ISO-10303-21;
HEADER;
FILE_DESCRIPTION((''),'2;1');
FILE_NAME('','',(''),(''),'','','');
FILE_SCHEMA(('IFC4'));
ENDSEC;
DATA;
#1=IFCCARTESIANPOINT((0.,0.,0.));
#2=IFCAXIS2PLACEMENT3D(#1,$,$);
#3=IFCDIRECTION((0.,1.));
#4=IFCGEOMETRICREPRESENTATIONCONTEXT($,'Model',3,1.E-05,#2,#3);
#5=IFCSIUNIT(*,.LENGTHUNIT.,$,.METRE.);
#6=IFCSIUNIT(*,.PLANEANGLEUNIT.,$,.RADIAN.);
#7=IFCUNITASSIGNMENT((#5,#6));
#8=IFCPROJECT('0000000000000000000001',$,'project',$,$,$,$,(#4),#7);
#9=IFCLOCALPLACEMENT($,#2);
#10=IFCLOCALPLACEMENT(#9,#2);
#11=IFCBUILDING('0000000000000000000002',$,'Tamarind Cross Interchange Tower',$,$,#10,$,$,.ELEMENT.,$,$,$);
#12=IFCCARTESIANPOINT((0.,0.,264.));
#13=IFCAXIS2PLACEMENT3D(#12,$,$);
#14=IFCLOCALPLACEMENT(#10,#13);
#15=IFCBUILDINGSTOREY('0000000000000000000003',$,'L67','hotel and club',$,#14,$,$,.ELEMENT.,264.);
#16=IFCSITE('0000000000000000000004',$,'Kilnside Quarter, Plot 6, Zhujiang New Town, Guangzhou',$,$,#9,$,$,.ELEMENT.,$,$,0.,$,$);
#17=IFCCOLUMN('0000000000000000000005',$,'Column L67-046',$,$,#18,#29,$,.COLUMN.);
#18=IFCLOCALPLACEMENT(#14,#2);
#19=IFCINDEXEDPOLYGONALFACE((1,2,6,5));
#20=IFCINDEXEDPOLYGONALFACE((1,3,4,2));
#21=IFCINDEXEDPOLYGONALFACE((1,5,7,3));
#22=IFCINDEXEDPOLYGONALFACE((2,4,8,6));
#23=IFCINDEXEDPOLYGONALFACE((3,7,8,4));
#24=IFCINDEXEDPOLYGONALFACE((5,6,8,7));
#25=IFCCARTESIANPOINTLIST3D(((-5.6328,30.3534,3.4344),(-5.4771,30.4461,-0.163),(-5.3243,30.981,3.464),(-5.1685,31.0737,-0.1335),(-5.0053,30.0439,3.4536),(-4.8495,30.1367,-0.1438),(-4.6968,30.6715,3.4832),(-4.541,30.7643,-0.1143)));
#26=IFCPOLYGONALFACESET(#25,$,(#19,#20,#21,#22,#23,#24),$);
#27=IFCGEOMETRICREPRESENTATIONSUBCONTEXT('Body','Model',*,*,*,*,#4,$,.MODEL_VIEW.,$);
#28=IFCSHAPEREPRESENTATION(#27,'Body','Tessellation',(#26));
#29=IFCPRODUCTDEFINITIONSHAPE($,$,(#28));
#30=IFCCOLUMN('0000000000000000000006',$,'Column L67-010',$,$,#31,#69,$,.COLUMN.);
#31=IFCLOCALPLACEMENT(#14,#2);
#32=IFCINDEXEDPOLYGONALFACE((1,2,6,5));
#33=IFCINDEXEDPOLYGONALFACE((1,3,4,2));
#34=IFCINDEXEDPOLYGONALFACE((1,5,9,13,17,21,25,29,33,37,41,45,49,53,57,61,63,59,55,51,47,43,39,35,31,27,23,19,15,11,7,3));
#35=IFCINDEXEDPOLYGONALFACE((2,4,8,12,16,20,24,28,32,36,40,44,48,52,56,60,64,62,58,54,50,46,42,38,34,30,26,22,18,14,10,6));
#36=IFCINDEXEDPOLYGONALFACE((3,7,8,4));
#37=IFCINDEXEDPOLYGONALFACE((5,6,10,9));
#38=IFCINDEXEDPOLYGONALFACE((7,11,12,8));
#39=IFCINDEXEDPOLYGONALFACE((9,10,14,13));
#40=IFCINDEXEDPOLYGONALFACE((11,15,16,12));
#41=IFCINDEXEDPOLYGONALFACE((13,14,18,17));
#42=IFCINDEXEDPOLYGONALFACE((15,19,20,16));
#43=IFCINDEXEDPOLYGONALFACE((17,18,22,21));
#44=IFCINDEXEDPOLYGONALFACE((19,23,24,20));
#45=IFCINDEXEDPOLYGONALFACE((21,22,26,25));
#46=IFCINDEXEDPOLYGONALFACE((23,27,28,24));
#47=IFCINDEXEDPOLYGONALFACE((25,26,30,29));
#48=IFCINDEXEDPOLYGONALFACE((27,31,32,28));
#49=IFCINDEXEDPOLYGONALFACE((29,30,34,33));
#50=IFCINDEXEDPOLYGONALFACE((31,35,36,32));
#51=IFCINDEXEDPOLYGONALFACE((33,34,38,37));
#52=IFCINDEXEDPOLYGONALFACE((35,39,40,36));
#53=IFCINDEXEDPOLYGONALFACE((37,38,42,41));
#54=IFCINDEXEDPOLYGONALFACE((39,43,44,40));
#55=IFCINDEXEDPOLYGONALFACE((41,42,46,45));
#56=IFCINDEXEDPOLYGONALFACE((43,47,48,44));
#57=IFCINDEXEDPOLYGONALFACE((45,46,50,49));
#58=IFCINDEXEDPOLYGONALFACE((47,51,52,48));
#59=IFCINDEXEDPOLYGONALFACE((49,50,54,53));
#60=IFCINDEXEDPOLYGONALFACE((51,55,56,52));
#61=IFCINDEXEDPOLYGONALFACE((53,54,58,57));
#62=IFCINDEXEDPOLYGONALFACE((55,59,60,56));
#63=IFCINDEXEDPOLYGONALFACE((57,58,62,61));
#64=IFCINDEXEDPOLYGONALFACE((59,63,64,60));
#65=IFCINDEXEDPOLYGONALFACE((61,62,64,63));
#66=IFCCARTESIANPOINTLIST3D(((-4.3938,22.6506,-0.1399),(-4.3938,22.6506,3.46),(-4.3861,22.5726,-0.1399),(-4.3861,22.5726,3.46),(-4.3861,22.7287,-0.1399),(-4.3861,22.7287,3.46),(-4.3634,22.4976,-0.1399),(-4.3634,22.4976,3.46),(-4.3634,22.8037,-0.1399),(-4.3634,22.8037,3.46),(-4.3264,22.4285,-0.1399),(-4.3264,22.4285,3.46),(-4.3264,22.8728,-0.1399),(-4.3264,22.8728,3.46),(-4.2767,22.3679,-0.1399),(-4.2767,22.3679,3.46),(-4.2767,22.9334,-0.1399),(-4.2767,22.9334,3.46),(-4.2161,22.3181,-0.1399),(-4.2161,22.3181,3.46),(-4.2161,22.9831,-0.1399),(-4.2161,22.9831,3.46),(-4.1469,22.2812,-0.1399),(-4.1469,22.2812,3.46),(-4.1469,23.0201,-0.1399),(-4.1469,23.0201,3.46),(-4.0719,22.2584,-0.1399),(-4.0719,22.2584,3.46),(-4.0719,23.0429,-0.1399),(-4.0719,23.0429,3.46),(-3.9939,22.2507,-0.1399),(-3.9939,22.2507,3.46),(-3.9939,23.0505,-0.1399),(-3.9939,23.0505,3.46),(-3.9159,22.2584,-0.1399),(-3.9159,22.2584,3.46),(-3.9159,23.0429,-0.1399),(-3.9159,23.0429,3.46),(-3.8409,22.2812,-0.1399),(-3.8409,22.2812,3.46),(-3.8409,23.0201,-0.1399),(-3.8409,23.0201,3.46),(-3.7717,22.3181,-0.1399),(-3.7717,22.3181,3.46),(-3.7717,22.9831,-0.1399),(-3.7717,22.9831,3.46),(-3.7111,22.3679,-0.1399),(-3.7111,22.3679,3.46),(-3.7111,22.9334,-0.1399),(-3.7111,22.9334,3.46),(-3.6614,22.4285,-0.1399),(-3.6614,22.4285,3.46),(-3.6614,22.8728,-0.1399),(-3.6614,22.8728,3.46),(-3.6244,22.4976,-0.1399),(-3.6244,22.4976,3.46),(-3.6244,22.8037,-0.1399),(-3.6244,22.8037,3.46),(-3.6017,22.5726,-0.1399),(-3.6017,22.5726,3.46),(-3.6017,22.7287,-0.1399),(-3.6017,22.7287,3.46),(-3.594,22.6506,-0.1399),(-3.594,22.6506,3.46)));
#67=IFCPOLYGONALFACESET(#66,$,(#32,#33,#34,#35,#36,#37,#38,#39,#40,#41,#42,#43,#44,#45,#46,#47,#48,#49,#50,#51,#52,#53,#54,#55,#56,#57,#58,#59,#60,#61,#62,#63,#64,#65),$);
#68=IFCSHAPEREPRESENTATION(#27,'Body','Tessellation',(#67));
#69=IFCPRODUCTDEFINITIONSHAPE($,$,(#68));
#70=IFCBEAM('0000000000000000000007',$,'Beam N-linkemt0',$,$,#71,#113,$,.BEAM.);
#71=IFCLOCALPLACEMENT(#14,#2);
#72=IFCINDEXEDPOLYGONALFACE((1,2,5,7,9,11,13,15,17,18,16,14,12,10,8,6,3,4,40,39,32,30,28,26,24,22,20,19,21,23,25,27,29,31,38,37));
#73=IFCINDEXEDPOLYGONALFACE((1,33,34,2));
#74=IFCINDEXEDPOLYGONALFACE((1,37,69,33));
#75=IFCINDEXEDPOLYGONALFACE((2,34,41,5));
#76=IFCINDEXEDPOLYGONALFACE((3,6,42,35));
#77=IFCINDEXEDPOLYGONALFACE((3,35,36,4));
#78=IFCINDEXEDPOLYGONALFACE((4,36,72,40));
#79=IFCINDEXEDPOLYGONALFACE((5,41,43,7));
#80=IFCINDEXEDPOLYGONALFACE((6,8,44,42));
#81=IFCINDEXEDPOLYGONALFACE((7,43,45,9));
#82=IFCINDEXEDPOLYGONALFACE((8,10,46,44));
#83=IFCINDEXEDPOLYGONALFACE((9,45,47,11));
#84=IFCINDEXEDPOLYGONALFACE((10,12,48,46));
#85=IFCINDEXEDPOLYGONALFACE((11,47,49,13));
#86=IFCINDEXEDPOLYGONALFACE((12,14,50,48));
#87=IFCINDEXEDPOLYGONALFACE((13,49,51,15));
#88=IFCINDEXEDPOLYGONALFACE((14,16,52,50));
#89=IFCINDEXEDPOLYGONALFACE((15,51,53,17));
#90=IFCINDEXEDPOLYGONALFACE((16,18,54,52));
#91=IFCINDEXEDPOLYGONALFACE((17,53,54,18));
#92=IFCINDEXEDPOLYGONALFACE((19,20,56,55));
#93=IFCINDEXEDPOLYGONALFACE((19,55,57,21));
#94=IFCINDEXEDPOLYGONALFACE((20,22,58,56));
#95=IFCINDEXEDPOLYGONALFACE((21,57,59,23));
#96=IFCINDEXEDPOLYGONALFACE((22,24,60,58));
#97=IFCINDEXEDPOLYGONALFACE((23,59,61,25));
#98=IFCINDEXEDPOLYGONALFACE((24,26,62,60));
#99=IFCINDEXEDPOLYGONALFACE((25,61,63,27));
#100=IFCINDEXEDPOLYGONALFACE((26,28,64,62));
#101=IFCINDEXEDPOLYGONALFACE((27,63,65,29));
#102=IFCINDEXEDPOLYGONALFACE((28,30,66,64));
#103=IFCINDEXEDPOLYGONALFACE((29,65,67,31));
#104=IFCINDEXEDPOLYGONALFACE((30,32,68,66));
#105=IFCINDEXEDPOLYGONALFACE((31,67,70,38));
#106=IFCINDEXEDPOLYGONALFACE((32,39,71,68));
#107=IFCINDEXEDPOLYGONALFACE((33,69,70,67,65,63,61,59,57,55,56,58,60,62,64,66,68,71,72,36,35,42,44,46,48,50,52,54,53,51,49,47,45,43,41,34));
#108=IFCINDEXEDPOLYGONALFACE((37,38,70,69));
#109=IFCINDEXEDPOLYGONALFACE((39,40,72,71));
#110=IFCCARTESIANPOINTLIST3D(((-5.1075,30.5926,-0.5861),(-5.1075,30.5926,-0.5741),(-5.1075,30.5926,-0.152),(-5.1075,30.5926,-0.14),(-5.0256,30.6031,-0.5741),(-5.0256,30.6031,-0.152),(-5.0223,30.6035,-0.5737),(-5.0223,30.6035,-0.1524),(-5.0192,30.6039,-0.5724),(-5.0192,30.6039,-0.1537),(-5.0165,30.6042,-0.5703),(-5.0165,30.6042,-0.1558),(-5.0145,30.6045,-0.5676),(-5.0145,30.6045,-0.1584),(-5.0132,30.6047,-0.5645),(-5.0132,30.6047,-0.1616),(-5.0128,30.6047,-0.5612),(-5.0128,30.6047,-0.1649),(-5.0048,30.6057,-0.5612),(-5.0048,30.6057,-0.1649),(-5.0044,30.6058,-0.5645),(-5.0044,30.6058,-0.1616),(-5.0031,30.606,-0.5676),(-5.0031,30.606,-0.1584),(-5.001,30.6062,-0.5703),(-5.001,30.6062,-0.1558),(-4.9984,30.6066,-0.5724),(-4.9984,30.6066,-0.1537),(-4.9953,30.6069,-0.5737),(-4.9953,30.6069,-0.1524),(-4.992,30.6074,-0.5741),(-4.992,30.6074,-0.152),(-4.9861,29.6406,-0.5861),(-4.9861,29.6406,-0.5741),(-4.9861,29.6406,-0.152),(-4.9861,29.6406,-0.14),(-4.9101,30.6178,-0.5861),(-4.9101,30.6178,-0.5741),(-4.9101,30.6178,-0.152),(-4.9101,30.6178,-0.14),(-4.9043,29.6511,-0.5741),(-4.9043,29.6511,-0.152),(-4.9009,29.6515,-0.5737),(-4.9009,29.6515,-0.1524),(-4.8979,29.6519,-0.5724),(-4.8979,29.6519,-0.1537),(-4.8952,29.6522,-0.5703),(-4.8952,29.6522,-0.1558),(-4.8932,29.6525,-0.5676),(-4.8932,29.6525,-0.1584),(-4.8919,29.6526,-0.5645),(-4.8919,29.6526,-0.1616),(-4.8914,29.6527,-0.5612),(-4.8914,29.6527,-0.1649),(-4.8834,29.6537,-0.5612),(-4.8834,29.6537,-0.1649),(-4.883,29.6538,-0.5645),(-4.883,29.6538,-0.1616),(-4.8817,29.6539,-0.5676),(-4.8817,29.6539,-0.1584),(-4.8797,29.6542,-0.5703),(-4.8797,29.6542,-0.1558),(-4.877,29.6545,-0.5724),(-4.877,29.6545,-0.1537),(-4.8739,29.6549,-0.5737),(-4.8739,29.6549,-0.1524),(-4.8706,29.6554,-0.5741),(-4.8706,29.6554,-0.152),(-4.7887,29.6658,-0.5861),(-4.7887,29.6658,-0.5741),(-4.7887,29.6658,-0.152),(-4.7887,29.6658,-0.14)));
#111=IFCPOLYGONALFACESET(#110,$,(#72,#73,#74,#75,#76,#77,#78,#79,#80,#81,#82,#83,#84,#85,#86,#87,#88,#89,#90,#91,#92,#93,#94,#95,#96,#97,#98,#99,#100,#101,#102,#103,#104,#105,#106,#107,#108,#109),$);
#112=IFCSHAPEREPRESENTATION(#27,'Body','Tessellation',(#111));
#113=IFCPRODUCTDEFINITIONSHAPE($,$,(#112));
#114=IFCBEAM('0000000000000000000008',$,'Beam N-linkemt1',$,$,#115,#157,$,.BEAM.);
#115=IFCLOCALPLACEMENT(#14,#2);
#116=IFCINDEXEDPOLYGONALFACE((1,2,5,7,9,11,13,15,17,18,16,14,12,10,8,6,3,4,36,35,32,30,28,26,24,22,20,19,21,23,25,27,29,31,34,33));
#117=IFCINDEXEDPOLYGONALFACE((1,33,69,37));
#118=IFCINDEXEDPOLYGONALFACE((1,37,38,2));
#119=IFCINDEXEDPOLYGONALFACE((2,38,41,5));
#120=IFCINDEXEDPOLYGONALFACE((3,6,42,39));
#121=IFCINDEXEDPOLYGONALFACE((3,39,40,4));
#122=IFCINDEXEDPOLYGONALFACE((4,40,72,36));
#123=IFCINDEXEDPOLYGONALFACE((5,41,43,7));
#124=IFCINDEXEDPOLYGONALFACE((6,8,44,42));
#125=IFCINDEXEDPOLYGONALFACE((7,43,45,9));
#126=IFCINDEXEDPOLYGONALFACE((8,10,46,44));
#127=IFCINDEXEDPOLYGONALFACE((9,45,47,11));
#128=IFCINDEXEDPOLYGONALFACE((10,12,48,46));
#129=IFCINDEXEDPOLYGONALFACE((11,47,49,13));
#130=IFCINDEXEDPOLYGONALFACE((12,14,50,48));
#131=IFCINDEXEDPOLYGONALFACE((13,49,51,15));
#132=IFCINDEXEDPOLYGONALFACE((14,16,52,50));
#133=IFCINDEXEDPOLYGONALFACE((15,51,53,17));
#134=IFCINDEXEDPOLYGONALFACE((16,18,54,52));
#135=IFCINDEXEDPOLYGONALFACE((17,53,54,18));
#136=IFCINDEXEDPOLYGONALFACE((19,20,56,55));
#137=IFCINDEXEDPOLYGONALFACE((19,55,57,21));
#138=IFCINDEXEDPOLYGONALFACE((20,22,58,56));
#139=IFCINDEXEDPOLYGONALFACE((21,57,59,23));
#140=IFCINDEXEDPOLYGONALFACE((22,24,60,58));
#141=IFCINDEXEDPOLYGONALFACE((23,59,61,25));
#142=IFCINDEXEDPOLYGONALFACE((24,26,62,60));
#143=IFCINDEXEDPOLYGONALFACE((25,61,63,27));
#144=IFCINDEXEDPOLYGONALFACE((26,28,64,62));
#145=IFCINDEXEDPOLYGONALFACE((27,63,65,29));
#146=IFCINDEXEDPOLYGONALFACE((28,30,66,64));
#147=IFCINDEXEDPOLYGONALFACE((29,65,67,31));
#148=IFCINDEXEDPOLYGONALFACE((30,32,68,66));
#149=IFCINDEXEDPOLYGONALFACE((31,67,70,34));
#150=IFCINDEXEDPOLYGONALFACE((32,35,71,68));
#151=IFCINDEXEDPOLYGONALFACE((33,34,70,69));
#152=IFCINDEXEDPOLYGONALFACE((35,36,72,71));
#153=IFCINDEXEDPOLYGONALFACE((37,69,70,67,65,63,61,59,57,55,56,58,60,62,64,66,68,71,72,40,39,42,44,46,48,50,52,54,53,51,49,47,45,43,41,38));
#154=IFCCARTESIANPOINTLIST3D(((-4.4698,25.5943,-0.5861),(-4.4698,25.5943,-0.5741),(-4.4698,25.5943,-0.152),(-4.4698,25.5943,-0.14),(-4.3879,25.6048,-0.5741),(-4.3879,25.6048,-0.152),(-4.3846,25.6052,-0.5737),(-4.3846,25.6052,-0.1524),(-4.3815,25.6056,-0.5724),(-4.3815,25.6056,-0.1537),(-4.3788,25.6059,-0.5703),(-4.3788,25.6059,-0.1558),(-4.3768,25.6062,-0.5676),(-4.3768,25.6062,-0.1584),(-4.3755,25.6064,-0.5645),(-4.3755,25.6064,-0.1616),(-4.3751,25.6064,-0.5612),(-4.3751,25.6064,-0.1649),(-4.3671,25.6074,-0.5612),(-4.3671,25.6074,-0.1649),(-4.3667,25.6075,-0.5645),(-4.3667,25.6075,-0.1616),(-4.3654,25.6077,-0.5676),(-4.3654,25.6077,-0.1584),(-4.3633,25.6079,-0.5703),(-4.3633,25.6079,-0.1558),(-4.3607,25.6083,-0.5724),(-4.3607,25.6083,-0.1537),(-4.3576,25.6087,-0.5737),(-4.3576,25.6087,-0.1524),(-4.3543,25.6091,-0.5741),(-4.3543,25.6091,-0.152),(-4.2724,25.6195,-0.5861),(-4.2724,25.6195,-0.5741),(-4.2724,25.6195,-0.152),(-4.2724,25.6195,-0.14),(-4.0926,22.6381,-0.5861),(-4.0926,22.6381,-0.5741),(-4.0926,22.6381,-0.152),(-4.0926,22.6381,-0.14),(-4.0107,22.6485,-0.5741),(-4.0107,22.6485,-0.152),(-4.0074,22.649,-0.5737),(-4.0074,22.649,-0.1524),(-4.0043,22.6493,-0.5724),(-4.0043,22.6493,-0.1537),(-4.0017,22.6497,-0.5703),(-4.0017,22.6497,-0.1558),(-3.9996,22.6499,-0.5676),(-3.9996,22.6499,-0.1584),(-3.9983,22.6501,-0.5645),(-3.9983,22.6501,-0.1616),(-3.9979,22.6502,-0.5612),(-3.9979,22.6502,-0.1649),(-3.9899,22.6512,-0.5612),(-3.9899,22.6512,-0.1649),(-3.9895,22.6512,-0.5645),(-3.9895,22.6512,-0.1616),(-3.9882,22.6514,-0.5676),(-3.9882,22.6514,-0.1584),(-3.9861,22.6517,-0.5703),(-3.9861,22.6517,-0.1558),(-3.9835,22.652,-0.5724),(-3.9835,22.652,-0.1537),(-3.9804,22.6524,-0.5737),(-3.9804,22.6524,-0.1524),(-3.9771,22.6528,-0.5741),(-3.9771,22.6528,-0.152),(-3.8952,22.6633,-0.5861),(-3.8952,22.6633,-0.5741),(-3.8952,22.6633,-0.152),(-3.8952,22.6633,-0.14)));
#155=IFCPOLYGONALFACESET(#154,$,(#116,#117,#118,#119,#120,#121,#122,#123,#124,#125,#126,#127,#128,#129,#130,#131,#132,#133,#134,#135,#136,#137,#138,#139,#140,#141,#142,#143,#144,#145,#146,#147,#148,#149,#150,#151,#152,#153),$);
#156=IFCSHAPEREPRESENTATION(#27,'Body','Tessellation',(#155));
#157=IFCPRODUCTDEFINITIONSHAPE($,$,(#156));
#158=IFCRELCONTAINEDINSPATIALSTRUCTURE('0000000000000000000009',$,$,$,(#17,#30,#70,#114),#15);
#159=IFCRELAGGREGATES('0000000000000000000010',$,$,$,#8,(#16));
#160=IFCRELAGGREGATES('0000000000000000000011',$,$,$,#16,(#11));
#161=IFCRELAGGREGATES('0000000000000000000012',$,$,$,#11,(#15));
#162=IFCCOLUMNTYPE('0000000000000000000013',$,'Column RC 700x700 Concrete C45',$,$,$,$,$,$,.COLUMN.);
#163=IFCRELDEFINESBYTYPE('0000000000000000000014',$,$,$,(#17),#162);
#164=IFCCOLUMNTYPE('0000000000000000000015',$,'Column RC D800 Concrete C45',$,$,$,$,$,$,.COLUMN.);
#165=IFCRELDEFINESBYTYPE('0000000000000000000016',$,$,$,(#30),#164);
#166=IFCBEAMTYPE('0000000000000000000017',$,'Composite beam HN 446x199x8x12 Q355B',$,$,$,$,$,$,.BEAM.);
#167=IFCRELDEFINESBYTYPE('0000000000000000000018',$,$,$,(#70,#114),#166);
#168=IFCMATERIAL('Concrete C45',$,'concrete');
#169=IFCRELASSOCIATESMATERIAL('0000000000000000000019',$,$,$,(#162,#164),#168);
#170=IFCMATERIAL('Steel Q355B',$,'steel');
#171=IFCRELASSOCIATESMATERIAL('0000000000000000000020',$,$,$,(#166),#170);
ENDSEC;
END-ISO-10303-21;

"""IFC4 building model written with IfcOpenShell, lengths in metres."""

from ifc_helpers import new_model, si_unit, direction, frame, origin, origin_2d, place, context, subcontext, project, spatial, rectangle, circle, i_section, extrude, material, material_profile, profile_set, type_object, element, save


model = new_model("IFC4")

# Units and contexts
model_context = context("Model", 3, precision=1e-05, world=origin(), true_north=direction((0.0, 1.0)))
body_context = subcontext(model_context, "Body", "Model", "MODEL_VIEW")
ifc_project = project(units=[si_unit("LENGTHUNIT", "METRE"), si_unit("PLANEANGLEUNIT", "RADIAN")], contexts=[model_context])

# Site, building, storey
site_placement = place(None, origin())
site = spatial("IfcSite", under=ifc_project, at=site_placement, Name="Kilnside Quarter, Plot 6, Zhujiang New Town, Guangzhou", CompositionType="ELEMENT", RefElevation=0.0)
building_placement = place(site_placement, origin())
building = spatial("IfcBuilding", under=site, at=building_placement, Name="Tamarind Cross Interchange Tower", CompositionType="ELEMENT")
storey_placement = place(building_placement, frame((0.0, 0.0, 264.0)))
storey = spatial("IfcBuildingStorey", under=building, at=storey_placement, Name="L67", Description="hotel and club", CompositionType="ELEMENT", Elevation=264.0)

# Columns
ifc_material_1 = material(Name="Concrete C45", Category="concrete")
ifc_material_profile_1 = material_profile(ifc_material_1, rectangle(XDim=0.7, YDim=0.7, at=origin_2d()), Name="RC 700x700")
ifc_profile_set_1 = profile_set([ifc_material_profile_1], Name="Concrete C45")
column_type_1 = type_object("IfcColumnType", Name="Column RC 700x700 Concrete C45", PredefinedType="COLUMN", material=ifc_profile_set_1)
column_1_placement = place(storey_placement, frame((-5.009, 30.6052, -0.1387), z_axis=(-0.043243, -0.025756, 0.998733), x_axis=(0.896562, -0.442069, 0.027419)))
element("IfcColumn", 1, at=column_1_placement, inside=storey, type_object=column_type_1, Name="Column L67-046", PredefinedType="COLUMN", context=body_context, shape_type="SweptSolid", body=[
    extrude(rectangle(XDim=0.7, YDim=0.7, at=origin_2d()), origin(), (0.0, 0.0, 1.0), 3.6021),
])
ifc_material_profile_2 = material_profile(ifc_material_1, circle(Radius=0.3999, at=origin_2d()), Name="RC D800")
ifc_profile_set_2 = profile_set([ifc_material_profile_2], Name="Concrete C45")
column_type_2 = type_object("IfcColumnType", Name="Column RC D800 Concrete C45", PredefinedType="COLUMN", material=ifc_profile_set_2)
column_2_placement = place(storey_placement, frame((-3.9939, 22.6506, -0.1399), z_axis=(0.0, 0.0, 1.0), x_axis=(1.0, 0.0, 0.0)))
element("IfcColumn", 2, at=column_2_placement, inside=storey, type_object=column_type_2, Name="Column L67-010", PredefinedType="COLUMN", context=body_context, shape_type="SweptSolid", body=[
    extrude(circle(Radius=0.3999, at=origin_2d()), origin(), (0.0, 0.0, 1.0), 3.5999),
])

# Beams
ifc_material_2 = material(Name="Steel Q355B", Category="steel")
ifc_material_profile_3 = material_profile(ifc_material_2, i_section(OverallWidth=0.199, OverallDepth=0.446, WebThickness=0.0081, FlangeThickness=0.012, FilletRadius=0.0129, at=origin_2d()), Name="HN 446x199x8x12")
ifc_profile_set_3 = profile_set([ifc_material_profile_3], Name="Steel Q355B")
beam_type_1 = type_object("IfcBeamType", Name="Composite beam HN 446x199x8x12 Q355B", PredefinedType="BEAM", material=ifc_profile_set_3)
beam_1_placement = place(storey_placement, frame((-5.0088, 30.6052, -0.363), z_axis=(0.126445, -0.991974, 0.0), x_axis=(0.991974, 0.126445, 0.0)))
element("IfcBeam", 3, at=beam_1_placement, inside=storey, type_object=beam_type_1, Name="Beam N-linkemt0", PredefinedType="BEAM", context=body_context, shape_type="SweptSolid", body=[
    extrude(i_section(OverallWidth=0.199, OverallDepth=0.446, WebThickness=0.0081, FlangeThickness=0.012, FilletRadius=0.0129, at=origin_2d()), origin(), (0.0, 0.0, 1.0), 0.9597),
])
beam_2_placement = place(storey_placement, frame((-4.3711, 25.6069, -0.363), z_axis=(0.126565, -0.991958, 0.0), x_axis=(0.991958, 0.126565, 0.0)))
element("IfcBeam", 4, at=beam_2_placement, inside=storey, type_object=beam_type_1, Name="Beam N-linkemt1", PredefinedType="BEAM", context=body_context, shape_type="SweptSolid", body=[
    extrude(i_section(OverallWidth=0.199, OverallDepth=0.446, WebThickness=0.0081, FlangeThickness=0.012, FilletRadius=0.0129, at=origin_2d()), origin(), (0.0, 0.0, 1.0), 2.9802),
])

save(model, "model.ifc")
